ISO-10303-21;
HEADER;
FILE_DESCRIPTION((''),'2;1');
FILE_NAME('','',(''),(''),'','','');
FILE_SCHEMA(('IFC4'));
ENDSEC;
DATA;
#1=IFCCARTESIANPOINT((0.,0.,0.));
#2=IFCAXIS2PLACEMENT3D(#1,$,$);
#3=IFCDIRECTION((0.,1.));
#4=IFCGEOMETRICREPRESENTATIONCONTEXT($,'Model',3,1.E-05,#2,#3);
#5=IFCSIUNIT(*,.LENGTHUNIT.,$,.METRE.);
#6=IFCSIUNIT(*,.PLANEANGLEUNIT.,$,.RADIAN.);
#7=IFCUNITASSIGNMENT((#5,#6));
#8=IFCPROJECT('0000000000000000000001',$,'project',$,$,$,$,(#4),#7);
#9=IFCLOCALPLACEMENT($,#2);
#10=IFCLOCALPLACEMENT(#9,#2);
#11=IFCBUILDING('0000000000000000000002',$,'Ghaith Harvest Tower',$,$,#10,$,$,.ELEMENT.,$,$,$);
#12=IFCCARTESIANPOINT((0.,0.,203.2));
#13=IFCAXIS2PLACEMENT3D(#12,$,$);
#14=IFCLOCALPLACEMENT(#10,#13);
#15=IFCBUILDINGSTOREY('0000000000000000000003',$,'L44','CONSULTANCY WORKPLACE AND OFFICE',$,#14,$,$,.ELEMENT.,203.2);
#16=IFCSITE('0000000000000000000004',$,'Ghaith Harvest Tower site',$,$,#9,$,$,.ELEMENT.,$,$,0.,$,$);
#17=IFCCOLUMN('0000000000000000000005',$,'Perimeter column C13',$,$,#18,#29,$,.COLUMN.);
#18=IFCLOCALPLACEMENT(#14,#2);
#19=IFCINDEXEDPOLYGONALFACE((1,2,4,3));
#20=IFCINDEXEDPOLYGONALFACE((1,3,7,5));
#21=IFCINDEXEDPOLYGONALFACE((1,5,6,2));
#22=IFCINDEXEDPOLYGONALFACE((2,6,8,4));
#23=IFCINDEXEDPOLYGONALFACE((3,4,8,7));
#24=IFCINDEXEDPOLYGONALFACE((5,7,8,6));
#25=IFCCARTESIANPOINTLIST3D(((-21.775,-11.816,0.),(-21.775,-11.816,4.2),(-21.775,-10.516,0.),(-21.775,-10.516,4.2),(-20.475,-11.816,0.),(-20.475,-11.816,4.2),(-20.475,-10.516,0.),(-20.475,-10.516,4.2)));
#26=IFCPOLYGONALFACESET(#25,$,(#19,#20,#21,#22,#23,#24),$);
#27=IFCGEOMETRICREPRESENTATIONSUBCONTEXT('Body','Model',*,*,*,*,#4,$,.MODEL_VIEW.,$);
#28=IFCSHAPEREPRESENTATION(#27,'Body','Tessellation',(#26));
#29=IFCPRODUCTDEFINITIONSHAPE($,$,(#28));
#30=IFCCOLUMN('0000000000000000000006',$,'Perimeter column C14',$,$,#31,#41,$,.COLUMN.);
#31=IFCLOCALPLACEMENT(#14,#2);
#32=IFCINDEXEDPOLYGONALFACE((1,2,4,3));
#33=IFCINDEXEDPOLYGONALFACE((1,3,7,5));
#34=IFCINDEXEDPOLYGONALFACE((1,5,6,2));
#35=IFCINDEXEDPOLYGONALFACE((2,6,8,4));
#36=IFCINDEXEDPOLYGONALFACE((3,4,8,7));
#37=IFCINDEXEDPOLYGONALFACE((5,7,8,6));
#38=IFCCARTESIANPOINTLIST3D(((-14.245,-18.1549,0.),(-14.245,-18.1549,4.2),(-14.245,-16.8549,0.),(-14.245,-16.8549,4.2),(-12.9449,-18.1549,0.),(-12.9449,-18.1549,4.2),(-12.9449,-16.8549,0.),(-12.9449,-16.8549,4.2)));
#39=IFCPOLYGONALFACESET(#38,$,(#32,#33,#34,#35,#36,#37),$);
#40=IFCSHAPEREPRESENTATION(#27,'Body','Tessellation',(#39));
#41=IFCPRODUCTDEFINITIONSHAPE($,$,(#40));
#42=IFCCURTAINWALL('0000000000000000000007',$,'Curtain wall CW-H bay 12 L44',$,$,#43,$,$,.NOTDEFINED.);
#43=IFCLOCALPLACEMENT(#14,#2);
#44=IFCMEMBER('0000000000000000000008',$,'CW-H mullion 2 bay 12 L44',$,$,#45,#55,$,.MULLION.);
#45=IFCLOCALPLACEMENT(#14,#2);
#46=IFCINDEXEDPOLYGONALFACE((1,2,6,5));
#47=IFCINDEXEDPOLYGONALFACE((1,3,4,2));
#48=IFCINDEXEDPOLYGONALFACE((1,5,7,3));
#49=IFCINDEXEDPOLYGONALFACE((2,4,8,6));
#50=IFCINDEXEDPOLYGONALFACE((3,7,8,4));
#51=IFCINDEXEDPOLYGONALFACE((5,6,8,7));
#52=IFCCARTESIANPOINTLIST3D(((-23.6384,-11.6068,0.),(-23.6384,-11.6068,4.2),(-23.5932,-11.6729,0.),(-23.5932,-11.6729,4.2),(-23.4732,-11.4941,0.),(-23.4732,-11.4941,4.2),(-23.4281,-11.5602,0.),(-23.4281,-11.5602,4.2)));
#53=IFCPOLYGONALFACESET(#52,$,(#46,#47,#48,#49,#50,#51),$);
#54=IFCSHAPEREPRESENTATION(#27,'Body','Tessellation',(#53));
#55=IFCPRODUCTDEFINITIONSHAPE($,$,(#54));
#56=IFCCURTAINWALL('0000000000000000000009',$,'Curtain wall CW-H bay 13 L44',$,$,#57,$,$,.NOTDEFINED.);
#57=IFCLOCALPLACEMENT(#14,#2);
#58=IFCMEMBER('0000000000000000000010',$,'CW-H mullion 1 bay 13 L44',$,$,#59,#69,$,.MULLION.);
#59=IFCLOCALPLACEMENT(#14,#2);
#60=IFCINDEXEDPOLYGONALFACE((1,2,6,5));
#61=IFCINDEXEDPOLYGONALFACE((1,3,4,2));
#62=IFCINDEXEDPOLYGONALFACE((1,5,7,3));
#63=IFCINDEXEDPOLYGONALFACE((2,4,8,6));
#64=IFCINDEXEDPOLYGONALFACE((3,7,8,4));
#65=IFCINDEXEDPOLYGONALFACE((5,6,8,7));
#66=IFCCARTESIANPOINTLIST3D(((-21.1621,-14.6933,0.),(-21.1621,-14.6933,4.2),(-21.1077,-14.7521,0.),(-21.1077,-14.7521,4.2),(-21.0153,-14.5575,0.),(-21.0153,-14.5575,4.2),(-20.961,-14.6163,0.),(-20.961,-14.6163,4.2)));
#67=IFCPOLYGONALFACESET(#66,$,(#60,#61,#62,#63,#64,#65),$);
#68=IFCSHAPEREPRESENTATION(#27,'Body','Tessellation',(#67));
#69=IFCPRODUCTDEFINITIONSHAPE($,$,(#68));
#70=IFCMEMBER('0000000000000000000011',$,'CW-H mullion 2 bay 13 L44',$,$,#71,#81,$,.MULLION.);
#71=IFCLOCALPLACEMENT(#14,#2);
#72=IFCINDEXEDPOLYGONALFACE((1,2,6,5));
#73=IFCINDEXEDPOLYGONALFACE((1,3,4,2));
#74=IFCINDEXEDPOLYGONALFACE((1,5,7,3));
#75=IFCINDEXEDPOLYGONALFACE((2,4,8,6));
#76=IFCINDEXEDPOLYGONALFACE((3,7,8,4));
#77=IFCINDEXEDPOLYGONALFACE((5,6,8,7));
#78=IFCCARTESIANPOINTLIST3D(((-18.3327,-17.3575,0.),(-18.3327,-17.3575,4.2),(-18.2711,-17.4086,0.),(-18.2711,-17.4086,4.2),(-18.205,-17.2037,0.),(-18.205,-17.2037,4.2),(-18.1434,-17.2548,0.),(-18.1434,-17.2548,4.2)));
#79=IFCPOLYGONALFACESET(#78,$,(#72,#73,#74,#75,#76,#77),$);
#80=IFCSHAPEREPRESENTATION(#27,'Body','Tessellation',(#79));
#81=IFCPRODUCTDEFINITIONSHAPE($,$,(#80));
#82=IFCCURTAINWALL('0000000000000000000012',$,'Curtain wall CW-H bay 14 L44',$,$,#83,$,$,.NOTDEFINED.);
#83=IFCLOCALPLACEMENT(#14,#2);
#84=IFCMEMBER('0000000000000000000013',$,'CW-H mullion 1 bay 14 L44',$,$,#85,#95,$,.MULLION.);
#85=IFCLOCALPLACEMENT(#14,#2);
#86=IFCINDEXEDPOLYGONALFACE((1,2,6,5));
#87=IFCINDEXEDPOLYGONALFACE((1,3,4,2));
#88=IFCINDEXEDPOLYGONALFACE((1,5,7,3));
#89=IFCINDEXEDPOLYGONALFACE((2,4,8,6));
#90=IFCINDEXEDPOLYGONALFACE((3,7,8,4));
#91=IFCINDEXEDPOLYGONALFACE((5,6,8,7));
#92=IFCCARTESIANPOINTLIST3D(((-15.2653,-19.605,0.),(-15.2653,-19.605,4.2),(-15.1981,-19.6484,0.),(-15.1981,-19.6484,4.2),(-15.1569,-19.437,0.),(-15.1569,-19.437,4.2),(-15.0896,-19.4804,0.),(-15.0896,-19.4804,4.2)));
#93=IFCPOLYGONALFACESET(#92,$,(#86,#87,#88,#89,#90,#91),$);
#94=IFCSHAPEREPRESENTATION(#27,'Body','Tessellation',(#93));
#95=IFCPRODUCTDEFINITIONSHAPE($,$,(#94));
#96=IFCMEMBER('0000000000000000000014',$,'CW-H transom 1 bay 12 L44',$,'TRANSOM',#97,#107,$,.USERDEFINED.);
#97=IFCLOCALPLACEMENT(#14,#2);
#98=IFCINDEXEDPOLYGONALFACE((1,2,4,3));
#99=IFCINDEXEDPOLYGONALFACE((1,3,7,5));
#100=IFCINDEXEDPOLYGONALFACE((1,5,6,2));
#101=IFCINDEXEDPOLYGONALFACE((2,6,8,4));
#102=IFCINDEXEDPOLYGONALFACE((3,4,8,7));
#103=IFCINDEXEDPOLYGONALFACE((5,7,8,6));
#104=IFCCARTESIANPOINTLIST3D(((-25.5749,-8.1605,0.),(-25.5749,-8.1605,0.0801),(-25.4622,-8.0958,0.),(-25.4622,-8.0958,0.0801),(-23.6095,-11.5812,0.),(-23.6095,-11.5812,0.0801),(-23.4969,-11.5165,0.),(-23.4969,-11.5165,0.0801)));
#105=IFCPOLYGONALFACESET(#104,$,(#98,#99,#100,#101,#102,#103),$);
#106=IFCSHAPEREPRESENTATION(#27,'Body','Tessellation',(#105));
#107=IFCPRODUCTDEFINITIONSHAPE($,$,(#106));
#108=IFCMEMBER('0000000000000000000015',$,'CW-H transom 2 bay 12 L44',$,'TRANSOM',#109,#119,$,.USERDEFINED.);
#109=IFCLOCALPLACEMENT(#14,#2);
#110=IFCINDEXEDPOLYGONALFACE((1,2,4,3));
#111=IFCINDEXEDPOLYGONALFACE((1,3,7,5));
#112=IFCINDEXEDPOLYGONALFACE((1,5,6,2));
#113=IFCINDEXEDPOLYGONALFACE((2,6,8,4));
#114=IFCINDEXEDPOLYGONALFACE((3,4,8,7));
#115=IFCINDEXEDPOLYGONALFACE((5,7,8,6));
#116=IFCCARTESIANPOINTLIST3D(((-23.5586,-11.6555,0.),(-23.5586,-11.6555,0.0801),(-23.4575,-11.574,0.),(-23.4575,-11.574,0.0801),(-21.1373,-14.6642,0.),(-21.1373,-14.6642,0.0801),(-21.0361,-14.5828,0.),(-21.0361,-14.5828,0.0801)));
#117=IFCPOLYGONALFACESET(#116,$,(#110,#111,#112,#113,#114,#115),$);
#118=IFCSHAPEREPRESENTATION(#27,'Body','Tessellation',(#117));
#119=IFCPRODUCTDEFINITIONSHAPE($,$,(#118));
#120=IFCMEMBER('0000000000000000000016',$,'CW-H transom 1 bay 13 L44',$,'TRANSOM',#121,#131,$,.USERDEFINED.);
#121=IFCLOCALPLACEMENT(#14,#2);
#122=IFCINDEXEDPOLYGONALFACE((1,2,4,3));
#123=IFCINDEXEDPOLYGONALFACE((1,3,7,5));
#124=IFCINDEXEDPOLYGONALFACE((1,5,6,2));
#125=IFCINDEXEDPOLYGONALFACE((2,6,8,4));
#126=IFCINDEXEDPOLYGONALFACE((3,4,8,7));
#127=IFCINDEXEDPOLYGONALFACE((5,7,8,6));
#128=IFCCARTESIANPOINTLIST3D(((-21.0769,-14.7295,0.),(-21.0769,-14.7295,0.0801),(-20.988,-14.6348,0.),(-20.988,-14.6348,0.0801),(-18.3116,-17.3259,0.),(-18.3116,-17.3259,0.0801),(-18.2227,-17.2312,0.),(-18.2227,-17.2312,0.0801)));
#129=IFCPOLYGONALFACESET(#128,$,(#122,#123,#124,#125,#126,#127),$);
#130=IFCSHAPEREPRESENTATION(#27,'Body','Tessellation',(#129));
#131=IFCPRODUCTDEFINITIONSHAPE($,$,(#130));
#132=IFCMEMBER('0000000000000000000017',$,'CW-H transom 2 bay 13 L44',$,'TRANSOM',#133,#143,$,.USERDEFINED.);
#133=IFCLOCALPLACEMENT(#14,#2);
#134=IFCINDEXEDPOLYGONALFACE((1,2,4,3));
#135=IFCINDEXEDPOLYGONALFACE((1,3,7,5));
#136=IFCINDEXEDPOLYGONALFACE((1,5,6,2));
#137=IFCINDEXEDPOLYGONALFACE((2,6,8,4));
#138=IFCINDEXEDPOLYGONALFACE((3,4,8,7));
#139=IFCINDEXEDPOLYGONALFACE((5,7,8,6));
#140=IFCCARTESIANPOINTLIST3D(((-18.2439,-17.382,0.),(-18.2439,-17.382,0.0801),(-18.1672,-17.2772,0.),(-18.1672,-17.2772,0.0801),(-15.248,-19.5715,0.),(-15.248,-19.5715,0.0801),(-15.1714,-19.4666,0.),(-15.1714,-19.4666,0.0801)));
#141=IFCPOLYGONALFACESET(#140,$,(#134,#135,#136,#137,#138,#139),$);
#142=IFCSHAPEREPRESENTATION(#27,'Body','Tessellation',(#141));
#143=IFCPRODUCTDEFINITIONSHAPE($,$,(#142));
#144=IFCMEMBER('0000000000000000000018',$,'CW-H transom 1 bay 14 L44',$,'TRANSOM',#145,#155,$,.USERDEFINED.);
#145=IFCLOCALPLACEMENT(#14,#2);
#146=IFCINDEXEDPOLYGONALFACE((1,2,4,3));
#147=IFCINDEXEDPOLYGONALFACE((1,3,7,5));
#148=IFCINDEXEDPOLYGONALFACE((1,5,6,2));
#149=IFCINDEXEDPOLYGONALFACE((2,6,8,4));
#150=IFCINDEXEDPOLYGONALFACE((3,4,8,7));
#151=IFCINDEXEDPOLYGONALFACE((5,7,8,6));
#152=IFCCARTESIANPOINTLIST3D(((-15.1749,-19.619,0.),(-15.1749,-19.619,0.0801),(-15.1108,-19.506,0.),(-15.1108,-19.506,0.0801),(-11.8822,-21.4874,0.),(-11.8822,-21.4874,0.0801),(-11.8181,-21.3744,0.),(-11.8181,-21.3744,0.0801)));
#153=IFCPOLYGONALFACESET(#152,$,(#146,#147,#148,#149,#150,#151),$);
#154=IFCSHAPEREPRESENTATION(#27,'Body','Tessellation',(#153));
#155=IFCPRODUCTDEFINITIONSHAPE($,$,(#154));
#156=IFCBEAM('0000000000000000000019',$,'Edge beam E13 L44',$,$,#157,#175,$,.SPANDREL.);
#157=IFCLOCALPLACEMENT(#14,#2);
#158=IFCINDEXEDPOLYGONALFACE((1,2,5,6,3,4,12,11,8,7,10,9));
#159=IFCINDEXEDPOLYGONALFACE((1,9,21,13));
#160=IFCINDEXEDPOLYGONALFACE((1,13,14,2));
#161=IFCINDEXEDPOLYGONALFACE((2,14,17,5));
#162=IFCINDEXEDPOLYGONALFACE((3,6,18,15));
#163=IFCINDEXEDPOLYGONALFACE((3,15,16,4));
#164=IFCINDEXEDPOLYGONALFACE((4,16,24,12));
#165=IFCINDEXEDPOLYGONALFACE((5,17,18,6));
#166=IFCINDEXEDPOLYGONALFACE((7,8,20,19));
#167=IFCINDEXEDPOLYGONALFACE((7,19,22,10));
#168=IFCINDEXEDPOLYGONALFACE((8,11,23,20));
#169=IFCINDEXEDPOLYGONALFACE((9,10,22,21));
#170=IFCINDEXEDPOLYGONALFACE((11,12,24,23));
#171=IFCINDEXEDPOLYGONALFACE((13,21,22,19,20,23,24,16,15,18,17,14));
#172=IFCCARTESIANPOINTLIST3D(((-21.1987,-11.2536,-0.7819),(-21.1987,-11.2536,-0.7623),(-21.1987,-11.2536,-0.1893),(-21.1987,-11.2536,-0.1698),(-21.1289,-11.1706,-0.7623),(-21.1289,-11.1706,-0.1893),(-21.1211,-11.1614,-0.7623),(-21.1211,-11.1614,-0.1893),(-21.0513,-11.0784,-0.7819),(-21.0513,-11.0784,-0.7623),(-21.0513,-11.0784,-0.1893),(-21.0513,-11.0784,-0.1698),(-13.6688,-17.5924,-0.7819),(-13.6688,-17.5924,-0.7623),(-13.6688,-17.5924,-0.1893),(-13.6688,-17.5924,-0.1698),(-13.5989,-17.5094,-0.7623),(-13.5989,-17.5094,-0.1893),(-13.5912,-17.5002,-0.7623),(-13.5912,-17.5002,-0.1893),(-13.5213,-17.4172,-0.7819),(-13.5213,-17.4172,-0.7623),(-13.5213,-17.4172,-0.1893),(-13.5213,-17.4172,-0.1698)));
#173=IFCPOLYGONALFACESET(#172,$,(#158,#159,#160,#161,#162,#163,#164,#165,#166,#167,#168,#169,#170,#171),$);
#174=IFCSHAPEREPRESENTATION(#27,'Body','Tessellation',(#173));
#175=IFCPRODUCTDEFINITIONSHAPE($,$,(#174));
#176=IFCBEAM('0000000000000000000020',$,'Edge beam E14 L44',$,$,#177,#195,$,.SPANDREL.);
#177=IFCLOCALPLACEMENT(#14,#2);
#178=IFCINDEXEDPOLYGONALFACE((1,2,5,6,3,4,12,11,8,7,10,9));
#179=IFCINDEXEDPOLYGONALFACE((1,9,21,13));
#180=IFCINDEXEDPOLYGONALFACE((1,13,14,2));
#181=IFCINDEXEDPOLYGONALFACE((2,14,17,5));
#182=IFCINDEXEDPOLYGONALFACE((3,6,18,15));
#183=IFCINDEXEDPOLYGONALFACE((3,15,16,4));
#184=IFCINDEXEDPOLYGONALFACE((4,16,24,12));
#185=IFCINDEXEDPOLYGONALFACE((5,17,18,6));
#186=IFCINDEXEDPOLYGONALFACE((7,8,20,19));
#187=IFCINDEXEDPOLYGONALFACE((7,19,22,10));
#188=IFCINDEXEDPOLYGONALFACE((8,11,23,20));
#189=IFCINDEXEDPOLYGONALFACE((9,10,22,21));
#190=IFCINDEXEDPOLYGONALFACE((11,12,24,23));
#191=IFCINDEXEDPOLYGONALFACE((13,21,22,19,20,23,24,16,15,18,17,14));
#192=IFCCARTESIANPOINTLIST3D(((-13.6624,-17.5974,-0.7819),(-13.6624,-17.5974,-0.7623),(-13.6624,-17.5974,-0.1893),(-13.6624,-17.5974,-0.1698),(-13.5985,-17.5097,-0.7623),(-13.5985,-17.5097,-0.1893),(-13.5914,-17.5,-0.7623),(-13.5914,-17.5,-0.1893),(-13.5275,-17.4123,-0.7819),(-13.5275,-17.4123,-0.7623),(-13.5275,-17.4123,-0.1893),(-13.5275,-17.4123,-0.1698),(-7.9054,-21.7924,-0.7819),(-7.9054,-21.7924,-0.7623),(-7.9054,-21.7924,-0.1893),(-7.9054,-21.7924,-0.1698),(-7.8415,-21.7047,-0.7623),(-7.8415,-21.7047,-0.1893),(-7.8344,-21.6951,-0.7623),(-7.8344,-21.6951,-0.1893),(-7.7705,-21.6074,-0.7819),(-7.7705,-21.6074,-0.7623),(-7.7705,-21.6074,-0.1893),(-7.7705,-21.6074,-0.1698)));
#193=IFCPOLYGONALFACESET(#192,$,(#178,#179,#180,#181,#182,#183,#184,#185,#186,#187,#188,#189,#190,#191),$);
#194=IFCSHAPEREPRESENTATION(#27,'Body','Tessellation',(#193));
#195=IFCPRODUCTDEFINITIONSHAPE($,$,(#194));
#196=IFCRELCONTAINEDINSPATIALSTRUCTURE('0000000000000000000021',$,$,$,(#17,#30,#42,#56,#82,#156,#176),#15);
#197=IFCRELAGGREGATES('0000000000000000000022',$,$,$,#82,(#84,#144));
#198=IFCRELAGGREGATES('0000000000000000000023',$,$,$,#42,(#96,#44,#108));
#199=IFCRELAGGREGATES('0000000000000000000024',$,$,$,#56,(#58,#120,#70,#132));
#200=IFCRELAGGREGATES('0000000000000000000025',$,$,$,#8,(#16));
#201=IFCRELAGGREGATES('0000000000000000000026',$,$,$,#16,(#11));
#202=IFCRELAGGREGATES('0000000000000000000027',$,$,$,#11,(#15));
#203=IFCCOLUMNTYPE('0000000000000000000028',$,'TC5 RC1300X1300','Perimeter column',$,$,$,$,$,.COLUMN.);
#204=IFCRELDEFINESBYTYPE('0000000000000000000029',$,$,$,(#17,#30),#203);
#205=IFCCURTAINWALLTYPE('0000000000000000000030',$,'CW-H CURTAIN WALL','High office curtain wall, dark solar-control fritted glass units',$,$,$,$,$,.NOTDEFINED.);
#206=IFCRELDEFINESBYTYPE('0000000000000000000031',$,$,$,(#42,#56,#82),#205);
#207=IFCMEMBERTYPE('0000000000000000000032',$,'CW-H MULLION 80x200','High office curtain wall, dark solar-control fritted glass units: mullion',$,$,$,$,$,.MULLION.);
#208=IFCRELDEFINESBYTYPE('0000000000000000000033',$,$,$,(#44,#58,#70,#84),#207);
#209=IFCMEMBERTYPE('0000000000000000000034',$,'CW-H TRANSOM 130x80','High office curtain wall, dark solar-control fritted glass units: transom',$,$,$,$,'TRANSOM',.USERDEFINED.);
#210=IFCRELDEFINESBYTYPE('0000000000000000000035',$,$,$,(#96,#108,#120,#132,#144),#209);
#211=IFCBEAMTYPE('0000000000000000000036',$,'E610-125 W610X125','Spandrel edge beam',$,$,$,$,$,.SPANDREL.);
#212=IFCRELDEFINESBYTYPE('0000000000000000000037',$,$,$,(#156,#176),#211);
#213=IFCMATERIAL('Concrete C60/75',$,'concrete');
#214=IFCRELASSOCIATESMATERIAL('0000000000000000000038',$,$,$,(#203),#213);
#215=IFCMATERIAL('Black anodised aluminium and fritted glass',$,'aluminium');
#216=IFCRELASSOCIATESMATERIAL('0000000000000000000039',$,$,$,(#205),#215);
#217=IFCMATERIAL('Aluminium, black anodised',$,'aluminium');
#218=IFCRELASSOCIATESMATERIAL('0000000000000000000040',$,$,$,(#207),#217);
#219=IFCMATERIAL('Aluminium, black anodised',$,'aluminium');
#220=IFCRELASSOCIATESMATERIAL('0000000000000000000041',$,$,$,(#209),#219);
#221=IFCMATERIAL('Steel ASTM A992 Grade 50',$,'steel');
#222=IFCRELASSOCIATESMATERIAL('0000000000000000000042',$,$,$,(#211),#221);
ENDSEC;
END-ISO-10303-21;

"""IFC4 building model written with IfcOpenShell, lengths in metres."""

from ifc_helpers import new_model, si_unit, direction, frame, origin, origin_2d, place, context, subcontext, project, spatial, rectangle, i_section, extrude, material, material_profile, profile_set, type_object, element, aggregate, save


model = new_model("IFC4")

# Units and contexts
model_context = context("Model", 3, precision=1e-05, world=origin(), true_north=direction((0.0, 1.0)))
body_context = subcontext(model_context, "Body", "Model", "MODEL_VIEW")
ifc_project = project(units=[si_unit("LENGTHUNIT", "METRE"), si_unit("PLANEANGLEUNIT", "RADIAN")], contexts=[model_context])

# Site, building, storey
site_placement = place(None, origin())
site = spatial("IfcSite", under=ifc_project, at=site_placement, Name="Ghaith Harvest Tower site", CompositionType="ELEMENT", RefElevation=0.0)
building_placement = place(site_placement, origin())
building = spatial("IfcBuilding", under=site, at=building_placement, Name="Ghaith Harvest Tower", CompositionType="ELEMENT")
storey_placement = place(building_placement, frame((0.0, 0.0, 203.2)))
storey = spatial("IfcBuildingStorey", under=building, at=storey_placement, Name="L44", Description="CONSULTANCY WORKPLACE AND OFFICE", CompositionType="ELEMENT", Elevation=203.2)

# Columns
ifc_material_1 = material(Name="Concrete C60/75", Category="concrete")
ifc_material_profile_1 = material_profile(ifc_material_1, rectangle(XDim=1.3, YDim=1.3, at=origin_2d()), Name="RC1300X1300")
ifc_profile_set_1 = profile_set([ifc_material_profile_1], Name="Concrete C60/75")
column_type = type_object("IfcColumnType", Name="TC5 RC1300X1300", Description="Perimeter column", PredefinedType="COLUMN", material=ifc_profile_set_1)
for number, where, z_axis, x_axis, name in (
    (1, (-21.125, -11.166, 0.0), (0.0, 0.0, 1.0), (1.0, 0.0, 0.0), "Perimeter column C13"),
    (2, (-13.595, -17.5049, 0.0), (0.0, 0.0, 1.0), (1.0, 0.0, 0.0), "Perimeter column C14"),
):
    element("IfcColumn", number, at=place(storey_placement, frame(where, z_axis=z_axis, x_axis=x_axis)), inside=storey, type_object=column_type, Name=name, PredefinedType="COLUMN", context=body_context, shape_type="SweptSolid", body=[
        extrude(rectangle(XDim=1.3, YDim=1.3, at=origin_2d()), origin(), (0.0, 0.0, 1.0), 4.2),
    ])

# Curtain wall, member
ifc_material_2 = material(Name="Black anodised aluminium and fritted glass", Category="aluminium")
curtain_wall_type = type_object("IfcCurtainWallType", Name="CW-H CURTAIN WALL", Description="High office curtain wall, dark solar-control fritted glass units", PredefinedType="NOTDEFINED", material=ifc_material_2)
curtain_wall_1_placement = place(storey_placement, origin())
curtain_wall_1 = element("IfcCurtainWall", 3, at=curtain_wall_1_placement, inside=storey, type_object=curtain_wall_type, Name="Curtain wall CW-H bay 12 L44", PredefinedType="NOTDEFINED")
ifc_material_3 = material(Name="Aluminium, black anodised", Category="aluminium")
ifc_material_profile_2 = material_profile(ifc_material_3, rectangle(XDim=0.0801, YDim=0.2, at=origin_2d()), Name="CW-H MULLION 80x200")
ifc_profile_set_2 = profile_set([ifc_material_profile_2], Name="Aluminium, black anodised")
member_type_1 = type_object("IfcMemberType", Name="CW-H MULLION 80x200", Description="High office curtain wall, dark solar-control fritted glass units: mullion", PredefinedType="MULLION", material=ifc_profile_set_2)
member_1_placement = place(storey_placement, frame((-23.5332, -11.5835, 0.0), z_axis=(0.0, 0.0, 1.0), x_axis=(0.563617, -0.826037, 0.0)))
member_1 = element("IfcMember", 4, at=member_1_placement, type_object=member_type_1, Name="CW-H mullion 2 bay 12 L44", PredefinedType="MULLION", context=body_context, shape_type="SweptSolid", body=[
    extrude(rectangle(XDim=0.0801, YDim=0.2, at=origin_2d()), origin(), (0.0, 0.0, 1.0), 4.2),
])

# Curtain wall, members
curtain_wall_2_placement = place(storey_placement, origin())
curtain_wall_2 = element("IfcCurtainWall", 5, at=curtain_wall_2_placement, inside=storey, type_object=curtain_wall_type, Name="Curtain wall CW-H bay 13 L44", PredefinedType="NOTDEFINED")
member_2_placement = place(storey_placement, frame((-21.0615, -14.6548, 0.0), z_axis=(0.0, 0.0, 1.0), x_axis=(0.679182, -0.73397, 0.0)))
member_2 = element("IfcMember", 6, at=member_2_placement, type_object=member_type_1, Name="CW-H mullion 1 bay 13 L44", PredefinedType="MULLION", context=body_context, shape_type="SweptSolid", body=[
    extrude(rectangle(XDim=0.0801, YDim=0.2, at=origin_2d()), origin(), (0.0, 0.0, 1.0), 4.2),
])
member_3_placement = place(storey_placement, frame((-18.238, -17.3062, 0.0), z_axis=(0.0, 0.0, 1.0), x_axis=(0.769217, -0.638988, 0.0)))
member_3 = element("IfcMember", 7, at=member_3_placement, type_object=member_type_1, Name="CW-H mullion 2 bay 13 L44", PredefinedType="MULLION", context=body_context, shape_type="SweptSolid", body=[
    extrude(rectangle(XDim=0.0801, YDim=0.2, at=origin_2d()), origin(), (0.0, 0.0, 1.0), 4.2),
])

# Curtain wall, member
curtain_wall_3_placement = place(storey_placement, origin())
curtain_wall_3 = element("IfcCurtainWall", 8, at=curtain_wall_3_placement, inside=storey, type_object=curtain_wall_type, Name="Curtain wall CW-H bay 14 L44", PredefinedType="NOTDEFINED")
member_4_placement = place(storey_placement, frame((-15.1775, -19.5427, 0.0), z_axis=(0.0, 0.0, 1.0), x_axis=(0.840234, -0.542225, 0.0)))
member_4 = element("IfcMember", 9, at=member_4_placement, type_object=member_type_1, Name="CW-H mullion 1 bay 14 L44", PredefinedType="MULLION", context=body_context, shape_type="SweptSolid", body=[
    extrude(rectangle(XDim=0.0801, YDim=0.2, at=origin_2d()), origin(), (0.0, 0.0, 1.0), 4.2),
])

# Members
ifc_material_4 = material(Name="Aluminium, black anodised", Category="aluminium")
ifc_material_profile_3 = material_profile(ifc_material_4, rectangle(XDim=0.1299, YDim=0.0801, at=origin_2d()), Name="CW-H TRANSOM 130x80")
ifc_profile_set_3 = profile_set([ifc_material_profile_3], Name="Aluminium, black anodised")
member_type_2 = type_object("IfcMemberType", Name="CW-H TRANSOM 130x80", Description="High office curtain wall, dark solar-control fritted glass units: transom", ElementType="TRANSOM", PredefinedType="USERDEFINED", material=ifc_profile_set_3)
member_5_placement = place(storey_placement, frame((-25.5186, -8.1282, 0.04), z_axis=(0.498177, -0.867075, 0.0), x_axis=(0.867075, 0.498177, 0.0)))
member_5 = element("IfcMember", 10, at=member_5_placement, type_object=member_type_2, Name="CW-H transom 1 bay 12 L44", ObjectType="TRANSOM", PredefinedType="USERDEFINED", context=body_context, shape_type="SweptSolid", body=[
    extrude(rectangle(XDim=0.1299, YDim=0.0801, at=origin_2d()), origin(), (0.0, 0.0, 1.0), 3.9451),
])
member_6_placement = place(storey_placement, frame((-23.5081, -11.6147, 0.04), z_axis=(0.626959, -0.779052, 0.0), x_axis=(0.779052, 0.626959, 0.0)))
member_6 = element("IfcMember", 11, at=member_6_placement, type_object=member_type_2, Name="CW-H transom 2 bay 12 L44", ObjectType="TRANSOM", PredefinedType="USERDEFINED", context=body_context, shape_type="SweptSolid", body=[
    extrude(rectangle(XDim=0.1299, YDim=0.0801, at=origin_2d()), origin(), (0.0, 0.0, 1.0), 3.8621),
])
member_7_placement = place(storey_placement, frame((-21.0325, -14.6821, 0.04), z_axis=(0.729025, -0.684487, 0.0), x_axis=(0.684487, 0.729025, 0.0)))
member_7 = element("IfcMember", 12, at=member_7_placement, type_object=member_type_2, Name="CW-H transom 1 bay 13 L44", ObjectType="TRANSOM", PredefinedType="USERDEFINED", context=body_context, shape_type="SweptSolid", body=[
    extrude(rectangle(XDim=0.1299, YDim=0.0801, at=origin_2d()), origin(), (0.0, 0.0, 1.0), 3.7932),
])
member_8_placement = place(storey_placement, frame((-18.2056, -17.3296, 0.04), z_axis=(0.807368, -0.590048, 0.0), x_axis=(0.590048, 0.807368, 0.0)))
member_8 = element("IfcMember", 13, at=member_8_placement, type_object=member_type_2, Name="CW-H transom 2 bay 13 L44", ObjectType="TRANSOM", PredefinedType="USERDEFINED", context=body_context, shape_type="SweptSolid", body=[
    extrude(rectangle(XDim=0.1299, YDim=0.0801, at=origin_2d()), origin(), (0.0, 0.0, 1.0), 3.7107),
])
member_9_placement = place(storey_placement, frame((-15.1428, -19.5625, 0.04), z_axis=(0.869735, -0.493519, 0.0), x_axis=(0.493519, 0.869735, 0.0)))
member_9 = element("IfcMember", 14, at=member_9_placement, type_object=member_type_2, Name="CW-H transom 1 bay 14 L44", ObjectType="TRANSOM", PredefinedType="USERDEFINED", context=body_context, shape_type="SweptSolid", body=[
    extrude(rectangle(XDim=0.1299, YDim=0.0801, at=origin_2d()), origin(), (0.0, 0.0, 1.0), 3.7859),
])
aggregate(curtain_wall_3, [member_4, member_9])

# Beams
ifc_material_5 = material(Name="Steel ASTM A992 Grade 50", Category="steel")
ifc_material_profile_4 = material_profile(ifc_material_5, i_section(OverallWidth=0.229, OverallDepth=0.6121, WebThickness=0.012, FlangeThickness=0.0195, at=origin_2d()), Name="W610X125")
ifc_profile_set_4 = profile_set([ifc_material_profile_4], Name="Steel ASTM A992 Grade 50")
beam_type = type_object("IfcBeamType", Name="E610-125 W610X125", Description="Spandrel edge beam", PredefinedType="SPANDREL", material=ifc_profile_set_4)
beam_1_placement = place(storey_placement, frame((-21.125, -11.166, -0.4758), z_axis=(0.765022, -0.644004, 0.0), x_axis=(0.644004, 0.765022, 0.0)))
element("IfcBeam", 15, at=beam_1_placement, inside=storey, type_object=beam_type, Name="Edge beam E13 L44", PredefinedType="SPANDREL", context=body_context, shape_type="SweptSolid", body=[
    extrude(i_section(OverallWidth=0.229, OverallDepth=0.6121, WebThickness=0.012, FlangeThickness=0.0195, at=origin_2d()), origin(), (0.0, 0.0, 1.0), 9.8428),
])
beam_2_placement = place(storey_placement, frame((-13.595, -17.5049, -0.4758), z_axis=(0.808195, -0.588915, 0.0), x_axis=(0.588915, 0.808195, 0.0)))
element("IfcBeam", 16, at=beam_2_placement, inside=storey, type_object=beam_type, Name="Edge beam E14 L44", PredefinedType="SPANDREL", context=body_context, shape_type="SweptSolid", body=[
    extrude(i_section(OverallWidth=0.229, OverallDepth=0.6121, WebThickness=0.012, FlangeThickness=0.0195, at=origin_2d()), origin(), (0.0, 0.0, 1.0), 7.1233),
])

aggregate(curtain_wall_1, [member_5, member_1, member_6])
aggregate(curtain_wall_2, [member_2, member_7, member_3, member_8])

save(model, "model.ifc")
